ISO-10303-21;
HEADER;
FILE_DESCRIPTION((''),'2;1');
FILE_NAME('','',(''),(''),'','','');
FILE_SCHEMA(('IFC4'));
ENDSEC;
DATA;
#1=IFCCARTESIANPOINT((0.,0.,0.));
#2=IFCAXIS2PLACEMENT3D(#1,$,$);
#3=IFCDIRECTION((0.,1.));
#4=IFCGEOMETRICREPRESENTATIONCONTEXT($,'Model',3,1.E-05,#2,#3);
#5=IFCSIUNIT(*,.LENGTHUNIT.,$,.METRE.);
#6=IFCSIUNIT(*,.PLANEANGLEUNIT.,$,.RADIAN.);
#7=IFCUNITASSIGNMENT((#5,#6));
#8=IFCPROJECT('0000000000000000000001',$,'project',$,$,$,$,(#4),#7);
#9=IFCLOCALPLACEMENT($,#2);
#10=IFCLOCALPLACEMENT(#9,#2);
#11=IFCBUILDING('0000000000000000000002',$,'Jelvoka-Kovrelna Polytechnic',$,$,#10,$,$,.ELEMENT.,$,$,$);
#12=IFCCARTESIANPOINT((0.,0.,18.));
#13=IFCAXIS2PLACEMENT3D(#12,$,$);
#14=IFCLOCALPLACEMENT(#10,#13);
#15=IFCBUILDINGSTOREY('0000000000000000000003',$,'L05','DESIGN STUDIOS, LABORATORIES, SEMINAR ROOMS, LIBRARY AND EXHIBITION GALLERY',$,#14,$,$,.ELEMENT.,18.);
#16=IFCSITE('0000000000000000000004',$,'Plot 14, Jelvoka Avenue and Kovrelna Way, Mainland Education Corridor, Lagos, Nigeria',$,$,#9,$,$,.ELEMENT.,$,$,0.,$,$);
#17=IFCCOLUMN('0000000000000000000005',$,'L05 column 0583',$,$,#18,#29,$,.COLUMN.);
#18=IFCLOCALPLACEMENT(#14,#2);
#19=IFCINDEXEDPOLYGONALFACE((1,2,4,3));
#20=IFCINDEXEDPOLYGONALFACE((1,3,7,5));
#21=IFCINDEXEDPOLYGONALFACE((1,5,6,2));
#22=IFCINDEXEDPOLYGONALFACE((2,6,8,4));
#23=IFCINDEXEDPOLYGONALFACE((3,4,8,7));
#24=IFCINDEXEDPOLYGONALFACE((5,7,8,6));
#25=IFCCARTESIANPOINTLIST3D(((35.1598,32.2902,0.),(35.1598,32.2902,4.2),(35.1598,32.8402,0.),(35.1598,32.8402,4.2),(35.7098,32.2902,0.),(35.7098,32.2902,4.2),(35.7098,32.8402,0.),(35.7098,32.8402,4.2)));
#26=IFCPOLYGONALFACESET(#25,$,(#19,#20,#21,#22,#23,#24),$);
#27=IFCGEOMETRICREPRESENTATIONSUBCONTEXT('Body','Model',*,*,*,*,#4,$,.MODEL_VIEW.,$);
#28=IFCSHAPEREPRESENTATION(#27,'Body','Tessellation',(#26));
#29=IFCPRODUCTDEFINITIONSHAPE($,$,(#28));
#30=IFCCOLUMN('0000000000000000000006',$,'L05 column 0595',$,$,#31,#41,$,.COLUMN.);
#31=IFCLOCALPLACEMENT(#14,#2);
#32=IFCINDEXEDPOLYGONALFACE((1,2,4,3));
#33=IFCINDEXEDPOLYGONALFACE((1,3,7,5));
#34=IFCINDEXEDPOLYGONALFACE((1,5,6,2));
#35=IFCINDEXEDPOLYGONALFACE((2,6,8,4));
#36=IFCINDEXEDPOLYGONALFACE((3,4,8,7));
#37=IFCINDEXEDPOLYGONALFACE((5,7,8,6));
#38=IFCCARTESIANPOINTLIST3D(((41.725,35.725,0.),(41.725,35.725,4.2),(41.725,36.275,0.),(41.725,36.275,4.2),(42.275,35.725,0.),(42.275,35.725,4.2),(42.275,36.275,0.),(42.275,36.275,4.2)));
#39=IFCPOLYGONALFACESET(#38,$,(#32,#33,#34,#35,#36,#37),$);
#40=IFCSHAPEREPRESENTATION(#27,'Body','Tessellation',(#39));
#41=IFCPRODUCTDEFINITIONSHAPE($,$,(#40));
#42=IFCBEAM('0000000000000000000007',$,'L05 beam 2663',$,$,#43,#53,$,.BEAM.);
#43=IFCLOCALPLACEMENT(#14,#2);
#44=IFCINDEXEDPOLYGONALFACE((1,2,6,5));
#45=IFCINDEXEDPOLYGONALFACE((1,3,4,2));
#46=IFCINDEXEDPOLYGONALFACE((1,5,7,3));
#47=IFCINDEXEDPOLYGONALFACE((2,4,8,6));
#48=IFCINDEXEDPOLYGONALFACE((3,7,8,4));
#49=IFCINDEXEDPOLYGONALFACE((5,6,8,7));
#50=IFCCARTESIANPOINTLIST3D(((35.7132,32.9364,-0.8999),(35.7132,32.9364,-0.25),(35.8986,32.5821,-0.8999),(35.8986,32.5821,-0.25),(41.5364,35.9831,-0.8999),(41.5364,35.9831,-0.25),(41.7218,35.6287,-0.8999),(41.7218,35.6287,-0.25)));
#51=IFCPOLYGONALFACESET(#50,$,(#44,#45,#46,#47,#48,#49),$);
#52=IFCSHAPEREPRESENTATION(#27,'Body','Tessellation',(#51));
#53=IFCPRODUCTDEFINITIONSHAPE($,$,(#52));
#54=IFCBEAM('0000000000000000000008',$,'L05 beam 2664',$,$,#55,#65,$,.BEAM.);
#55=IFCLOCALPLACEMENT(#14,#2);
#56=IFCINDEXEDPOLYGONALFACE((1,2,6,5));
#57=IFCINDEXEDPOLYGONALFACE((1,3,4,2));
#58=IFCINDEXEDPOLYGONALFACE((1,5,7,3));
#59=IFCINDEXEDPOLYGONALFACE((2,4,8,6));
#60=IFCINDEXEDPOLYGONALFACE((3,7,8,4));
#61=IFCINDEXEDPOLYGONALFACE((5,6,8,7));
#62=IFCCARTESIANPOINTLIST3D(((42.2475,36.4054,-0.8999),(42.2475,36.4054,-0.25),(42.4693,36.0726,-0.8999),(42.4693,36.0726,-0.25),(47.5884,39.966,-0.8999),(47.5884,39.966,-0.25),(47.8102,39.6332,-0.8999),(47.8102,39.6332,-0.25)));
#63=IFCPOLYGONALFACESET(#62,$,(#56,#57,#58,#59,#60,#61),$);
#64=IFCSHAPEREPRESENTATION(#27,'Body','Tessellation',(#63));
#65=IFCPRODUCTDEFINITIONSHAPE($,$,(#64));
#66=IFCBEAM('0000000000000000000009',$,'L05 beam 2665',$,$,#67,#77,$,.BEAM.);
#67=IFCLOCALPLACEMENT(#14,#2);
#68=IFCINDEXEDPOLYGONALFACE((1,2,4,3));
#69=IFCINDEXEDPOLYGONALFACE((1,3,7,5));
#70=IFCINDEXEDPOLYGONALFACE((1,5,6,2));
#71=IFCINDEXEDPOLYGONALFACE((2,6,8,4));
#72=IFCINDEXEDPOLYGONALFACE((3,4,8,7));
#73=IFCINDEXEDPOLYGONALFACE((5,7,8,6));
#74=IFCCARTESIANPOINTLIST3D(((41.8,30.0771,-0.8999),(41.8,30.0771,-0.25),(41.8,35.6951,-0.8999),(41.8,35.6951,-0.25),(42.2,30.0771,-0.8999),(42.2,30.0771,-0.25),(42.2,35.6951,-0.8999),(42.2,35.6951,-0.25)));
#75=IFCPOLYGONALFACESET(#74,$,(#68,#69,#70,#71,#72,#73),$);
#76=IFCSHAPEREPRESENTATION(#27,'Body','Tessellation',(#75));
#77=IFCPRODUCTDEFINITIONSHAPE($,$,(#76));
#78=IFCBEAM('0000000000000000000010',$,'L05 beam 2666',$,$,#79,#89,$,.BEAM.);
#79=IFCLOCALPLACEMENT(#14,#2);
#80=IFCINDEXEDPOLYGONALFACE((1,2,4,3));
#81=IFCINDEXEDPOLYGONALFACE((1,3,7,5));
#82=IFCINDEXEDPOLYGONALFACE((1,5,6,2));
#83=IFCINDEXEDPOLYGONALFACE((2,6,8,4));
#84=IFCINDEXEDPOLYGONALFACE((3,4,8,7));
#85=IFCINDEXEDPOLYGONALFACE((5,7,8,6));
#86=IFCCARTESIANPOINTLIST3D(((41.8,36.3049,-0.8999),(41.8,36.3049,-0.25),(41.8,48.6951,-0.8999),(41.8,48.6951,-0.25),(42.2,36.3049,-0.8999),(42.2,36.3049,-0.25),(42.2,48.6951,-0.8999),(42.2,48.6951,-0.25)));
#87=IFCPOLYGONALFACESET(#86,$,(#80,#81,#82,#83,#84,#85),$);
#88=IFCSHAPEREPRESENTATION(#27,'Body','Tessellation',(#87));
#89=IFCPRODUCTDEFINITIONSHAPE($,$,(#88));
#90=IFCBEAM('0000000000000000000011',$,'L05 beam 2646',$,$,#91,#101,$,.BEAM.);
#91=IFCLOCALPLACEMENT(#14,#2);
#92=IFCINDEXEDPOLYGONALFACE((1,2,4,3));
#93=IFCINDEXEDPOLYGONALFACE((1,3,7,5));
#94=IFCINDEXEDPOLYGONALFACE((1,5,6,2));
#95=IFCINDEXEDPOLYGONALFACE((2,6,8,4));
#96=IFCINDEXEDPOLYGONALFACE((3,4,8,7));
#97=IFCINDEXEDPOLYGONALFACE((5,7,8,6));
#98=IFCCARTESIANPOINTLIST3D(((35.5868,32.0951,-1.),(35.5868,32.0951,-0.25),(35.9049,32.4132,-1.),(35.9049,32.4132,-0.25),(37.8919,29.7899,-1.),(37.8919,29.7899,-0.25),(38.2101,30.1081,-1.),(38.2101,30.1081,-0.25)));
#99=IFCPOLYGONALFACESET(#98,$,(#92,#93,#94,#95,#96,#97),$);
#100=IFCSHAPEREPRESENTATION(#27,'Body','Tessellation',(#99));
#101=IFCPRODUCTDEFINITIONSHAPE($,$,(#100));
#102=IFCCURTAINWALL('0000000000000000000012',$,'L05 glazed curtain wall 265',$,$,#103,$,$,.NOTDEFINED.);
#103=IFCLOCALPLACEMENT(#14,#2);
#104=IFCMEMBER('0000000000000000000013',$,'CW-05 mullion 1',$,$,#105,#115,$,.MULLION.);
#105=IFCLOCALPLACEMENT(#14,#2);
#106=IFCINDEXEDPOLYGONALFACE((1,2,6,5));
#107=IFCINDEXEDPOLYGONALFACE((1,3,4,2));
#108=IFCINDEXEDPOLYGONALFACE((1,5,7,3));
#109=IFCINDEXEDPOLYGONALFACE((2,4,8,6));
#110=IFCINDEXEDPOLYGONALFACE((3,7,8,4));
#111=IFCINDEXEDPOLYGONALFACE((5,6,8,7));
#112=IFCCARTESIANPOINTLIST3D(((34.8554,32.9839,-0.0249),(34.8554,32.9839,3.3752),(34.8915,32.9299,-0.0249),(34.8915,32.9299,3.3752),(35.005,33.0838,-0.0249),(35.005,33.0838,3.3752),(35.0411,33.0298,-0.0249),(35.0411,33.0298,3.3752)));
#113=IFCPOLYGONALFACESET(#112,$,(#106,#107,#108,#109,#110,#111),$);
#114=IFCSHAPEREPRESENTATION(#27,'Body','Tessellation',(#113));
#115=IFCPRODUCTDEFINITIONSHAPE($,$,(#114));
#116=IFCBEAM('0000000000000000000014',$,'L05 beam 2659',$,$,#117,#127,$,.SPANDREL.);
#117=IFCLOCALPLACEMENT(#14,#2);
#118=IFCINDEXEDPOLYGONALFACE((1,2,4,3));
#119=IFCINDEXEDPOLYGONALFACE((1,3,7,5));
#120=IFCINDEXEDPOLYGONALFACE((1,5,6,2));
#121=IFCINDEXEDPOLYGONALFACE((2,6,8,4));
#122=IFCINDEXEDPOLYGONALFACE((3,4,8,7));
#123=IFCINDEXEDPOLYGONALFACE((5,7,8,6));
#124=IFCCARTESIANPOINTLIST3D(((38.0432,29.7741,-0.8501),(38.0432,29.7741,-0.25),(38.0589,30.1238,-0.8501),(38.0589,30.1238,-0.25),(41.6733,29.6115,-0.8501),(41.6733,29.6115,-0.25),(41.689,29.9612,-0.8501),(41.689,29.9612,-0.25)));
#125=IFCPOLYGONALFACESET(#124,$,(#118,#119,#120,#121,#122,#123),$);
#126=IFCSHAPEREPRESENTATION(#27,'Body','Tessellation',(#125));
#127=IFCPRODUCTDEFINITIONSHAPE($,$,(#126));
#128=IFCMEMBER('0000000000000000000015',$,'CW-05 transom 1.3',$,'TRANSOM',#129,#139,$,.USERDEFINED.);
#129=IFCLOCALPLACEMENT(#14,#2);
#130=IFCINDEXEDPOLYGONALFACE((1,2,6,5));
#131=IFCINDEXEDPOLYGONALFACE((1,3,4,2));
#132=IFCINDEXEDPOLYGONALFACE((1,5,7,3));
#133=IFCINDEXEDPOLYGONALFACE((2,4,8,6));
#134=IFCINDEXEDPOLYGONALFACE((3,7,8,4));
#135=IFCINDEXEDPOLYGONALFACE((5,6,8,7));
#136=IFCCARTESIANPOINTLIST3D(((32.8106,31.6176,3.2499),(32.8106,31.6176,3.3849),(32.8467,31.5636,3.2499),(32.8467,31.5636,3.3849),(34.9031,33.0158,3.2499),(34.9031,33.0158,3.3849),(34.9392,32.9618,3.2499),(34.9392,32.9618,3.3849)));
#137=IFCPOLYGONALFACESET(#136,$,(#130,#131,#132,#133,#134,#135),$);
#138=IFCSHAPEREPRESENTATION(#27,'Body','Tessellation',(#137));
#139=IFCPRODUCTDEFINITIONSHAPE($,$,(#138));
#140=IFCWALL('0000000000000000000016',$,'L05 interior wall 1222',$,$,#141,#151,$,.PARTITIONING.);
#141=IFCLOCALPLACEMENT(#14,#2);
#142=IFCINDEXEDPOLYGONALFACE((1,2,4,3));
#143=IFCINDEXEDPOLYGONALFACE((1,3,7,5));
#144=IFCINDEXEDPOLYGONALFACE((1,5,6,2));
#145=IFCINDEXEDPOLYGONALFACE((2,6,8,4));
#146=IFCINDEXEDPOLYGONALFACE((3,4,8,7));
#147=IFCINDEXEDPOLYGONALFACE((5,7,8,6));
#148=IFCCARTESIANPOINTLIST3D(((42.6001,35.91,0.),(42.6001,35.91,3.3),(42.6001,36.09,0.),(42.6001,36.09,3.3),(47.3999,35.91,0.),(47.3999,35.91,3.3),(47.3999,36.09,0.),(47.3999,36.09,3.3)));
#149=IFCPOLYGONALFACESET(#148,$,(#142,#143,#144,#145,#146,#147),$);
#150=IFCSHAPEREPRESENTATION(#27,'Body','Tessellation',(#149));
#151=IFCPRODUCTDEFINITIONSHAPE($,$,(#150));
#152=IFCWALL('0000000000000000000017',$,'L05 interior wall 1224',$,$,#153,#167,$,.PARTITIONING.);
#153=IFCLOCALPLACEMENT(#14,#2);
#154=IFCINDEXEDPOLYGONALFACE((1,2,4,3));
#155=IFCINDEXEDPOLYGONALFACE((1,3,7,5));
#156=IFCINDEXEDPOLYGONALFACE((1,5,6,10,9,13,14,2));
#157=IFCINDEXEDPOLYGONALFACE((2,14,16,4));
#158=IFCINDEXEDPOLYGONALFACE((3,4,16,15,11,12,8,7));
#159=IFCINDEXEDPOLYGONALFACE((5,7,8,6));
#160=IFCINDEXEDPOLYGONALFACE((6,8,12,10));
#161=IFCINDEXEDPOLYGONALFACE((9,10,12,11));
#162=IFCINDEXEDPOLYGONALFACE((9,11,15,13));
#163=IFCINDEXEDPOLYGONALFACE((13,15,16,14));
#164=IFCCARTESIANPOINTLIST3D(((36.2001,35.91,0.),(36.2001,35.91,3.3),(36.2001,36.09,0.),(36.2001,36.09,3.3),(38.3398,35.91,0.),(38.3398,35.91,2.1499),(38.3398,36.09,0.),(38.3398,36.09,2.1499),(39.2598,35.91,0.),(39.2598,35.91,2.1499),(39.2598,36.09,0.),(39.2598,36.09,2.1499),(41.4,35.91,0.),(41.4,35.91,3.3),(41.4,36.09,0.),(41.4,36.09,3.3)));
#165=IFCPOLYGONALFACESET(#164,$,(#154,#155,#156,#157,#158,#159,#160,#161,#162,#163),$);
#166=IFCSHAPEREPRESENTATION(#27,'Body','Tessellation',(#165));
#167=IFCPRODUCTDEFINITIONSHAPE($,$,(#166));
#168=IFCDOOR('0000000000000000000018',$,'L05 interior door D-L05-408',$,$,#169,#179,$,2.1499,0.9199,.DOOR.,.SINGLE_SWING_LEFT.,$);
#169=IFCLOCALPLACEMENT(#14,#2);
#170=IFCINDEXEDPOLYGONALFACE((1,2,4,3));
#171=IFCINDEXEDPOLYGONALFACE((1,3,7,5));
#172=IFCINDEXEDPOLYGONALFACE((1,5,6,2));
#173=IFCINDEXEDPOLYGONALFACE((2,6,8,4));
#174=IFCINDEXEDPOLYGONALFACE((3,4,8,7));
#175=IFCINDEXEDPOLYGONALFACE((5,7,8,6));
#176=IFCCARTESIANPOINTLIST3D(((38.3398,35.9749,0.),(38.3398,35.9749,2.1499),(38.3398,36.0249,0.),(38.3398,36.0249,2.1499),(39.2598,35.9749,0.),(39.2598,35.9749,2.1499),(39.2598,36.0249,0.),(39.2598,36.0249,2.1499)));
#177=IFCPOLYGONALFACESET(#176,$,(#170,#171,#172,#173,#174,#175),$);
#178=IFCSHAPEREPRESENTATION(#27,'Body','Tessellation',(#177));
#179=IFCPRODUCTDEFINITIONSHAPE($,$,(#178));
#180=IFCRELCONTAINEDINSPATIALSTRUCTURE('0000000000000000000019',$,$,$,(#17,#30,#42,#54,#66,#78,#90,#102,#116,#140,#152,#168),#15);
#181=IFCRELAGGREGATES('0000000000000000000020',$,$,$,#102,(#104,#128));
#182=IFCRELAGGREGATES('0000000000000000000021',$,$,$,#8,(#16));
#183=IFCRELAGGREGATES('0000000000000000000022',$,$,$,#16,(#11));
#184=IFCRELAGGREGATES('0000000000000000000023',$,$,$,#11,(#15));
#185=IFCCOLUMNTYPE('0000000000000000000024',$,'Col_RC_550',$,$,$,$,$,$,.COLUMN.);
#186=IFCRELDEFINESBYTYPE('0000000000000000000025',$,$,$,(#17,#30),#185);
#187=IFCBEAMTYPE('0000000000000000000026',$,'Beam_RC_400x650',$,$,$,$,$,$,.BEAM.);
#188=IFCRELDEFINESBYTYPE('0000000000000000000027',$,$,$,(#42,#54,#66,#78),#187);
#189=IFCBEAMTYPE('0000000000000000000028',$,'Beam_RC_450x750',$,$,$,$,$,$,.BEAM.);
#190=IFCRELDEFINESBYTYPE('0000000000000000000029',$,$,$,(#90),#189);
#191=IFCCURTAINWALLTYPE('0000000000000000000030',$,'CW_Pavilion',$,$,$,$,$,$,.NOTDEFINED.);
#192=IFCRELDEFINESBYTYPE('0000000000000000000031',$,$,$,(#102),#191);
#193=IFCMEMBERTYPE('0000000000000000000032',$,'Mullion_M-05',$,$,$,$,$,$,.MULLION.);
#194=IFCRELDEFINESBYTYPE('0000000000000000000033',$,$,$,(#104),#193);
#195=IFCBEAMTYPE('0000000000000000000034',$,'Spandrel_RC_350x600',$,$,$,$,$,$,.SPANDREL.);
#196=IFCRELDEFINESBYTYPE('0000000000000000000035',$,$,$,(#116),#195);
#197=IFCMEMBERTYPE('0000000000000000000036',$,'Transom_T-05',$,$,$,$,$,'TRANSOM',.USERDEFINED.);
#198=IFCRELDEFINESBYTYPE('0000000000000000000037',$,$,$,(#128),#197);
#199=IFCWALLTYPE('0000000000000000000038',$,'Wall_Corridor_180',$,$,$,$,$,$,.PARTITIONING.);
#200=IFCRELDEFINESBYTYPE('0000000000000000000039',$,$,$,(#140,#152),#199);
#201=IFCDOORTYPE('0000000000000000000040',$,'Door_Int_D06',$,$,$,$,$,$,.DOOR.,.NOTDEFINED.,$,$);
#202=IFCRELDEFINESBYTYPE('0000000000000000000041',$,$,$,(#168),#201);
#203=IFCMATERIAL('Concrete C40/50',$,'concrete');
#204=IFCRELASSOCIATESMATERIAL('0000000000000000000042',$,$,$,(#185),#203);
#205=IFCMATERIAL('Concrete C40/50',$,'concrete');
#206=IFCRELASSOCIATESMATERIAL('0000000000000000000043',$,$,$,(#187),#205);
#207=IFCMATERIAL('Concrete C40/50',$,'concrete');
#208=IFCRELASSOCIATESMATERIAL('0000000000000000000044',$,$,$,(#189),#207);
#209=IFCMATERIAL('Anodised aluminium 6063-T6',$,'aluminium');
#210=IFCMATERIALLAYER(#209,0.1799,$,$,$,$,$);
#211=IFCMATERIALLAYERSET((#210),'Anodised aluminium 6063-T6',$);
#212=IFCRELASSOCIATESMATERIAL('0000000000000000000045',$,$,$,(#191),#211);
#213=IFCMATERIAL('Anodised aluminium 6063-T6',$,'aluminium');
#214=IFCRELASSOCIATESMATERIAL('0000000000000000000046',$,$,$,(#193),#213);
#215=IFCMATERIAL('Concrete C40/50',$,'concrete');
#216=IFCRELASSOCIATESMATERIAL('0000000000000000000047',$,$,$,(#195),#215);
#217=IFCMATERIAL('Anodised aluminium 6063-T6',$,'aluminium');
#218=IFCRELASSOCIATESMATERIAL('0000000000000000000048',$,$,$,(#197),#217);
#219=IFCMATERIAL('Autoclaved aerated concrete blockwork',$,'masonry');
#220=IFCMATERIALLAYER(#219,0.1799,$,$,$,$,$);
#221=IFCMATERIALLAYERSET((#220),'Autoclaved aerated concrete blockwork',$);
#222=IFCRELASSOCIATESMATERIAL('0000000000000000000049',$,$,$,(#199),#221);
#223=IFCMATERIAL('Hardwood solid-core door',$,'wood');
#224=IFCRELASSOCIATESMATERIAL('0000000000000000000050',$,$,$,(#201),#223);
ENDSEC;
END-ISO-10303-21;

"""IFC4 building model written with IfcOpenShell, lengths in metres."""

from ifc_helpers import new_model, si_unit, direction, frame, frame_2d, origin, origin_2d, place, context, subcontext, project, spatial, rectangle, extrude, material, layer, layer_set, material_profile, profile_set, type_object, element, fill, aggregate, save


model = new_model("IFC4")

# Units and contexts
model_context = context("Model", 3, precision=1e-05, world=origin(), true_north=direction((0.0, 1.0)))
body_context = subcontext(model_context, "Body", "Model", "MODEL_VIEW")
ifc_project = project(units=[si_unit("LENGTHUNIT", "METRE"), si_unit("PLANEANGLEUNIT", "RADIAN")], contexts=[model_context])

# Site, building, storey
site_placement = place(None, origin())
site = spatial("IfcSite", under=ifc_project, at=site_placement, Name="Plot 14, Jelvoka Avenue and Kovrelna Way, Mainland Education Corridor, Lagos, Nigeria", CompositionType="ELEMENT", RefElevation=0.0)
building_placement = place(site_placement, origin())
building = spatial("IfcBuilding", under=site, at=building_placement, Name="Jelvoka-Kovrelna Polytechnic", CompositionType="ELEMENT")
storey_placement = place(building_placement, frame((0.0, 0.0, 18.0)))
storey = spatial("IfcBuildingStorey", under=building, at=storey_placement, Name="L05", Description="DESIGN STUDIOS, LABORATORIES, SEMINAR ROOMS, LIBRARY AND EXHIBITION GALLERY", CompositionType="ELEMENT", Elevation=18.0)

# Columns
ifc_material_1 = material(Name="Concrete C40/50", Category="concrete")
ifc_material_profile_1 = material_profile(ifc_material_1, rectangle(XDim=0.55, YDim=0.55, at=origin_2d()), Name="RC 550x550")
ifc_profile_set_1 = profile_set([ifc_material_profile_1], Name="Concrete C40/50")
column_type = type_object("IfcColumnType", Name="Col_RC_550", PredefinedType="COLUMN", material=ifc_profile_set_1)
for number, where, z_axis, x_axis, name in (
    (1, (35.4348, 32.5652, 0.0), (0.0, 0.0, 1.0), (1.0, 0.0, 0.0), "L05 column 0583"),
    (2, (42.0, 36.0, 0.0), (0.0, 0.0, 1.0), (1.0, 0.0, 0.0), "L05 column 0595"),
):
    element("IfcColumn", number, at=place(storey_placement, frame(where, z_axis=z_axis, x_axis=x_axis)), inside=storey, type_object=column_type, Name=name, PredefinedType="COLUMN", context=body_context, shape_type="SweptSolid", body=[
        extrude(rectangle(XDim=0.55, YDim=0.55, at=origin_2d()), origin(), (0.0, 0.0, 1.0), 4.2),
    ])

# Beams
ifc_material_2 = material(Name="Concrete C40/50", Category="concrete")
ifc_material_profile_2 = material_profile(ifc_material_2, rectangle(XDim=0.3999, YDim=0.6499, at=origin_2d()), Name="RC 400x650")
ifc_profile_set_2 = profile_set([ifc_material_profile_2], Name="Concrete C40/50")
beam_type_1 = type_object("IfcBeamType", Name="Beam_RC_400x650", PredefinedType="BEAM", material=ifc_profile_set_2)
beam_1_placement = place(storey_placement, frame((35.8059, 32.7593, -0.575), z_axis=(0.886059, 0.463572, 0.0), x_axis=(-0.463572, 0.886059, 0.0)))
element("IfcBeam", 3, at=beam_1_placement, inside=storey, type_object=beam_type_1, Name="L05 beam 2663", PredefinedType="BEAM", context=body_context, shape_type="SweptSolid", body=[
    extrude(rectangle(XDim=0.3999, YDim=0.6499, at=origin_2d()), origin(), (0.0, 0.0, 1.0), 6.572),
])
beam_2_placement = place(storey_placement, frame((42.3584, 36.239, -0.575), z_axis=(0.83205, 0.5547, 0.0), x_axis=(-0.5547, 0.83205, 0.0)))
element("IfcBeam", 4, at=beam_2_placement, inside=storey, type_object=beam_type_1, Name="L05 beam 2664", PredefinedType="BEAM", context=body_context, shape_type="SweptSolid", body=[
    extrude(rectangle(XDim=0.3999, YDim=0.6499, at=origin_2d()), origin(), (0.0, 0.0, 1.0), 6.4189),
])
beam_3_placement = place(storey_placement, frame((42.0, 30.0771, -0.575), z_axis=(0.0, 1.0, 0.0), x_axis=(-1.0, 0.0, 0.0)))
element("IfcBeam", 5, at=beam_3_placement, inside=storey, type_object=beam_type_1, Name="L05 beam 2665", PredefinedType="BEAM", context=body_context, shape_type="SweptSolid", body=[
    extrude(rectangle(XDim=0.3999, YDim=0.6499, at=origin_2d()), origin(), (0.0, 0.0, 1.0), 5.6179),
])
beam_4_placement = place(storey_placement, frame((42.0, 36.3049, -0.575), z_axis=(0.0, 1.0, 0.0), x_axis=(-1.0, 0.0, 0.0)))
element("IfcBeam", 6, at=beam_4_placement, inside=storey, type_object=beam_type_1, Name="L05 beam 2666", PredefinedType="BEAM", context=body_context, shape_type="SweptSolid", body=[
    extrude(rectangle(XDim=0.3999, YDim=0.6499, at=origin_2d()), origin(), (0.0, 0.0, 1.0), 12.3901),
])
ifc_material_3 = material(Name="Concrete C40/50", Category="concrete")
ifc_material_profile_3 = material_profile(ifc_material_3, rectangle(XDim=0.45, YDim=0.75, at=origin_2d()), Name="RC 450x750")
ifc_profile_set_3 = profile_set([ifc_material_profile_3], Name="Concrete C40/50")
beam_type_2 = type_object("IfcBeamType", Name="Beam_RC_450x750", PredefinedType="BEAM", material=ifc_profile_set_3)
beam_5_placement = place(storey_placement, frame((35.7458, 32.2542, -0.625), z_axis=(0.707107, -0.707107, 0.0), x_axis=(0.707107, 0.707107, 0.0)))
element("IfcBeam", 7, at=beam_5_placement, inside=storey, type_object=beam_type_2, Name="L05 beam 2646", PredefinedType="BEAM", context=body_context, shape_type="SweptSolid", body=[
    extrude(rectangle(XDim=0.45, YDim=0.75, at=origin_2d()), origin(), (0.0, 0.0, 1.0), 3.26),
])

# Curtain wall, member
ifc_material_4 = material(Name="Anodised aluminium 6063-T6", Category="aluminium")
ifc_layer_1 = layer(ifc_material_4, 0.1799)
ifc_layer_set_1 = layer_set([ifc_layer_1], Name="Anodised aluminium 6063-T6")
curtain_wall_type = type_object("IfcCurtainWallType", Name="CW_Pavilion", PredefinedType="NOTDEFINED", material=ifc_layer_set_1)
curtain_wall_placement = place(storey_placement, origin())
curtain_wall = element("IfcCurtainWall", 8, at=curtain_wall_placement, inside=storey, type_object=curtain_wall_type, Name="L05 glazed curtain wall 265", PredefinedType="NOTDEFINED")
ifc_material_5 = material(Name="Anodised aluminium 6063-T6", Category="aluminium")
ifc_material_profile_4 = material_profile(ifc_material_5, rectangle(XDim=0.0649, YDim=0.1799, at=origin_2d()), Name="ALU 65x180")
ifc_profile_set_4 = profile_set([ifc_material_profile_4], Name="Anodised aluminium 6063-T6")
member_type_1 = type_object("IfcMemberType", Name="Mullion_M-05", PredefinedType="MULLION", material=ifc_profile_set_4)
member_1_placement = place(storey_placement, frame((34.9482, 33.0068, -0.0249), z_axis=(0.0, 0.0, 1.0), x_axis=(0.555583, -0.831461, 0.0)))
member_1 = element("IfcMember", 9, at=member_1_placement, type_object=member_type_1, Name="CW-05 mullion 1", PredefinedType="MULLION", context=body_context, shape_type="SweptSolid", body=[
    extrude(rectangle(XDim=0.0649, YDim=0.1799, at=origin_2d()), origin(), (0.0, 0.0, 1.0), 3.4001),
])

# Beam
ifc_material_6 = material(Name="Concrete C40/50", Category="concrete")
ifc_material_profile_5 = material_profile(ifc_material_6, rectangle(XDim=0.3501, YDim=0.6001, at=origin_2d()), Name="RC 350x600")
ifc_profile_set_5 = profile_set([ifc_material_profile_5], Name="Concrete C40/50")
beam_type_3 = type_object("IfcBeamType", Name="Spandrel_RC_350x600", PredefinedType="SPANDREL", material=ifc_profile_set_5)
beam_6_placement = place(storey_placement, frame((38.051, 29.949, -0.55), z_axis=(0.998998, -0.044746, 0.0), x_axis=(0.044746, 0.998998, 0.0)))
element("IfcBeam", 10, at=beam_6_placement, inside=storey, type_object=beam_type_3, Name="L05 beam 2659", PredefinedType="SPANDREL", context=body_context, shape_type="SweptSolid", body=[
    extrude(rectangle(XDim=0.3501, YDim=0.6001, at=origin_2d()), origin(), (0.0, 0.0, 1.0), 3.6338),
])

# Member
ifc_material_7 = material(Name="Anodised aluminium 6063-T6", Category="aluminium")
ifc_material_profile_6 = material_profile(ifc_material_7, rectangle(XDim=0.0649, YDim=0.135, at=origin_2d()), Name="ALU 65x135")
ifc_profile_set_6 = profile_set([ifc_material_profile_6], Name="Anodised aluminium 6063-T6")
member_type_2 = type_object("IfcMemberType", Name="Transom_T-05", ElementType="TRANSOM", PredefinedType="USERDEFINED", material=ifc_profile_set_6)
member_2_placement = place(storey_placement, frame((34.9211, 32.9888, 3.3174), z_axis=(-0.831468, -0.555573, 0.0), x_axis=(0.555573, -0.831468, 0.0)))
member_2 = element("IfcMember", 11, at=member_2_placement, type_object=member_type_2, Name="CW-05 transom 1.3", ObjectType="TRANSOM", PredefinedType="USERDEFINED", context=body_context, shape_type="SweptSolid", body=[
    extrude(rectangle(XDim=0.0649, YDim=0.135, at=origin_2d()), origin(), (0.0, 0.0, 1.0), 2.5166),
])
aggregate(curtain_wall, [member_1, member_2])

# Wall
ifc_material_8 = material(Name="Autoclaved aerated concrete blockwork", Category="masonry")
ifc_layer_2 = layer(ifc_material_8, 0.1799)
ifc_layer_set_2 = layer_set([ifc_layer_2], Name="Autoclaved aerated concrete blockwork")
wall_type_1 = type_object("IfcWallType", Name="Wall_Corridor_180", PredefinedType="PARTITIONING", material=ifc_layer_set_2)
wall_1_placement = place(storey_placement, frame((42.6001, 36.0, 0.0), z_axis=(0.0, 0.0, 1.0), x_axis=(1.0, 0.0, 0.0)))
element("IfcWall", 12, at=wall_1_placement, inside=storey, type_object=wall_type_1, Name="L05 interior wall 1222", PredefinedType="PARTITIONING", context=body_context, shape_type="SweptSolid", body=[
    extrude(rectangle(XDim=4.7998, YDim=0.1799, at=frame_2d((2.3999, 0.0))), origin(), (0.0, 0.0, 1.0), 3.3),
])

# Wall, opening, door
wall_2_placement = place(storey_placement, frame((36.2, 36.0, 0.0), z_axis=(0.0, 0.0, 1.0), x_axis=(1.0, 0.0, 0.0)))
wall_2 = element("IfcWall", 13, at=wall_2_placement, inside=storey, type_object=wall_type_1, Name="L05 interior wall 1224", PredefinedType="PARTITIONING", context=body_context, shape_type="SweptSolid", body=[
    extrude(rectangle(XDim=5.2, YDim=0.1799, at=frame_2d((2.6001, 0.0))), origin(), (0.0, 0.0, 1.0), 3.3),
])
opening_1_placement = place(wall_2_placement, frame((2.1399, 0.0, 0.0)))
opening_1 = element("IfcOpeningElement", 14, at=opening_1_placement, cuts=wall_2, PredefinedType="OPENING", context=body_context, shape_type="SweptSolid", body=[
    extrude(rectangle(XDim=0.9199, YDim=2.1499, at=frame_2d((0.46, 1.075))), frame((0.0, 0.0999, 0.0), z_axis=(0.0, -1.0, 0.0), x_axis=(1.0, 0.0, 0.0)), (0.0, 0.0, 1.0), 0.2),
])
ifc_material_9 = material(Name="Hardwood solid-core door", Category="wood")
door_type = type_object("IfcDoorType", Name="Door_Int_D06", OperationType="NOTDEFINED", PredefinedType="DOOR", material=ifc_material_9)
door_placement = place(opening_1_placement, origin())
door = element("IfcDoor", 15, at=door_placement, inside=storey, type_object=door_type, Name="L05 interior door D-L05-408", OperationType="SINGLE_SWING_LEFT", OverallHeight=2.1499, OverallWidth=0.9199, PredefinedType="DOOR", context=body_context, shape_type="SweptSolid", body=[
    extrude(rectangle(XDim=0.9199, YDim=2.1499, at=frame_2d((0.46, 1.075))), frame((0.0, 0.0249, 0.0), z_axis=(0.0, -1.0, 0.0), x_axis=(1.0, 0.0, 0.0)), (0.0, 0.0, 1.0), 0.05),
])
fill(opening_1, door)

save(model, "model.ifc")
